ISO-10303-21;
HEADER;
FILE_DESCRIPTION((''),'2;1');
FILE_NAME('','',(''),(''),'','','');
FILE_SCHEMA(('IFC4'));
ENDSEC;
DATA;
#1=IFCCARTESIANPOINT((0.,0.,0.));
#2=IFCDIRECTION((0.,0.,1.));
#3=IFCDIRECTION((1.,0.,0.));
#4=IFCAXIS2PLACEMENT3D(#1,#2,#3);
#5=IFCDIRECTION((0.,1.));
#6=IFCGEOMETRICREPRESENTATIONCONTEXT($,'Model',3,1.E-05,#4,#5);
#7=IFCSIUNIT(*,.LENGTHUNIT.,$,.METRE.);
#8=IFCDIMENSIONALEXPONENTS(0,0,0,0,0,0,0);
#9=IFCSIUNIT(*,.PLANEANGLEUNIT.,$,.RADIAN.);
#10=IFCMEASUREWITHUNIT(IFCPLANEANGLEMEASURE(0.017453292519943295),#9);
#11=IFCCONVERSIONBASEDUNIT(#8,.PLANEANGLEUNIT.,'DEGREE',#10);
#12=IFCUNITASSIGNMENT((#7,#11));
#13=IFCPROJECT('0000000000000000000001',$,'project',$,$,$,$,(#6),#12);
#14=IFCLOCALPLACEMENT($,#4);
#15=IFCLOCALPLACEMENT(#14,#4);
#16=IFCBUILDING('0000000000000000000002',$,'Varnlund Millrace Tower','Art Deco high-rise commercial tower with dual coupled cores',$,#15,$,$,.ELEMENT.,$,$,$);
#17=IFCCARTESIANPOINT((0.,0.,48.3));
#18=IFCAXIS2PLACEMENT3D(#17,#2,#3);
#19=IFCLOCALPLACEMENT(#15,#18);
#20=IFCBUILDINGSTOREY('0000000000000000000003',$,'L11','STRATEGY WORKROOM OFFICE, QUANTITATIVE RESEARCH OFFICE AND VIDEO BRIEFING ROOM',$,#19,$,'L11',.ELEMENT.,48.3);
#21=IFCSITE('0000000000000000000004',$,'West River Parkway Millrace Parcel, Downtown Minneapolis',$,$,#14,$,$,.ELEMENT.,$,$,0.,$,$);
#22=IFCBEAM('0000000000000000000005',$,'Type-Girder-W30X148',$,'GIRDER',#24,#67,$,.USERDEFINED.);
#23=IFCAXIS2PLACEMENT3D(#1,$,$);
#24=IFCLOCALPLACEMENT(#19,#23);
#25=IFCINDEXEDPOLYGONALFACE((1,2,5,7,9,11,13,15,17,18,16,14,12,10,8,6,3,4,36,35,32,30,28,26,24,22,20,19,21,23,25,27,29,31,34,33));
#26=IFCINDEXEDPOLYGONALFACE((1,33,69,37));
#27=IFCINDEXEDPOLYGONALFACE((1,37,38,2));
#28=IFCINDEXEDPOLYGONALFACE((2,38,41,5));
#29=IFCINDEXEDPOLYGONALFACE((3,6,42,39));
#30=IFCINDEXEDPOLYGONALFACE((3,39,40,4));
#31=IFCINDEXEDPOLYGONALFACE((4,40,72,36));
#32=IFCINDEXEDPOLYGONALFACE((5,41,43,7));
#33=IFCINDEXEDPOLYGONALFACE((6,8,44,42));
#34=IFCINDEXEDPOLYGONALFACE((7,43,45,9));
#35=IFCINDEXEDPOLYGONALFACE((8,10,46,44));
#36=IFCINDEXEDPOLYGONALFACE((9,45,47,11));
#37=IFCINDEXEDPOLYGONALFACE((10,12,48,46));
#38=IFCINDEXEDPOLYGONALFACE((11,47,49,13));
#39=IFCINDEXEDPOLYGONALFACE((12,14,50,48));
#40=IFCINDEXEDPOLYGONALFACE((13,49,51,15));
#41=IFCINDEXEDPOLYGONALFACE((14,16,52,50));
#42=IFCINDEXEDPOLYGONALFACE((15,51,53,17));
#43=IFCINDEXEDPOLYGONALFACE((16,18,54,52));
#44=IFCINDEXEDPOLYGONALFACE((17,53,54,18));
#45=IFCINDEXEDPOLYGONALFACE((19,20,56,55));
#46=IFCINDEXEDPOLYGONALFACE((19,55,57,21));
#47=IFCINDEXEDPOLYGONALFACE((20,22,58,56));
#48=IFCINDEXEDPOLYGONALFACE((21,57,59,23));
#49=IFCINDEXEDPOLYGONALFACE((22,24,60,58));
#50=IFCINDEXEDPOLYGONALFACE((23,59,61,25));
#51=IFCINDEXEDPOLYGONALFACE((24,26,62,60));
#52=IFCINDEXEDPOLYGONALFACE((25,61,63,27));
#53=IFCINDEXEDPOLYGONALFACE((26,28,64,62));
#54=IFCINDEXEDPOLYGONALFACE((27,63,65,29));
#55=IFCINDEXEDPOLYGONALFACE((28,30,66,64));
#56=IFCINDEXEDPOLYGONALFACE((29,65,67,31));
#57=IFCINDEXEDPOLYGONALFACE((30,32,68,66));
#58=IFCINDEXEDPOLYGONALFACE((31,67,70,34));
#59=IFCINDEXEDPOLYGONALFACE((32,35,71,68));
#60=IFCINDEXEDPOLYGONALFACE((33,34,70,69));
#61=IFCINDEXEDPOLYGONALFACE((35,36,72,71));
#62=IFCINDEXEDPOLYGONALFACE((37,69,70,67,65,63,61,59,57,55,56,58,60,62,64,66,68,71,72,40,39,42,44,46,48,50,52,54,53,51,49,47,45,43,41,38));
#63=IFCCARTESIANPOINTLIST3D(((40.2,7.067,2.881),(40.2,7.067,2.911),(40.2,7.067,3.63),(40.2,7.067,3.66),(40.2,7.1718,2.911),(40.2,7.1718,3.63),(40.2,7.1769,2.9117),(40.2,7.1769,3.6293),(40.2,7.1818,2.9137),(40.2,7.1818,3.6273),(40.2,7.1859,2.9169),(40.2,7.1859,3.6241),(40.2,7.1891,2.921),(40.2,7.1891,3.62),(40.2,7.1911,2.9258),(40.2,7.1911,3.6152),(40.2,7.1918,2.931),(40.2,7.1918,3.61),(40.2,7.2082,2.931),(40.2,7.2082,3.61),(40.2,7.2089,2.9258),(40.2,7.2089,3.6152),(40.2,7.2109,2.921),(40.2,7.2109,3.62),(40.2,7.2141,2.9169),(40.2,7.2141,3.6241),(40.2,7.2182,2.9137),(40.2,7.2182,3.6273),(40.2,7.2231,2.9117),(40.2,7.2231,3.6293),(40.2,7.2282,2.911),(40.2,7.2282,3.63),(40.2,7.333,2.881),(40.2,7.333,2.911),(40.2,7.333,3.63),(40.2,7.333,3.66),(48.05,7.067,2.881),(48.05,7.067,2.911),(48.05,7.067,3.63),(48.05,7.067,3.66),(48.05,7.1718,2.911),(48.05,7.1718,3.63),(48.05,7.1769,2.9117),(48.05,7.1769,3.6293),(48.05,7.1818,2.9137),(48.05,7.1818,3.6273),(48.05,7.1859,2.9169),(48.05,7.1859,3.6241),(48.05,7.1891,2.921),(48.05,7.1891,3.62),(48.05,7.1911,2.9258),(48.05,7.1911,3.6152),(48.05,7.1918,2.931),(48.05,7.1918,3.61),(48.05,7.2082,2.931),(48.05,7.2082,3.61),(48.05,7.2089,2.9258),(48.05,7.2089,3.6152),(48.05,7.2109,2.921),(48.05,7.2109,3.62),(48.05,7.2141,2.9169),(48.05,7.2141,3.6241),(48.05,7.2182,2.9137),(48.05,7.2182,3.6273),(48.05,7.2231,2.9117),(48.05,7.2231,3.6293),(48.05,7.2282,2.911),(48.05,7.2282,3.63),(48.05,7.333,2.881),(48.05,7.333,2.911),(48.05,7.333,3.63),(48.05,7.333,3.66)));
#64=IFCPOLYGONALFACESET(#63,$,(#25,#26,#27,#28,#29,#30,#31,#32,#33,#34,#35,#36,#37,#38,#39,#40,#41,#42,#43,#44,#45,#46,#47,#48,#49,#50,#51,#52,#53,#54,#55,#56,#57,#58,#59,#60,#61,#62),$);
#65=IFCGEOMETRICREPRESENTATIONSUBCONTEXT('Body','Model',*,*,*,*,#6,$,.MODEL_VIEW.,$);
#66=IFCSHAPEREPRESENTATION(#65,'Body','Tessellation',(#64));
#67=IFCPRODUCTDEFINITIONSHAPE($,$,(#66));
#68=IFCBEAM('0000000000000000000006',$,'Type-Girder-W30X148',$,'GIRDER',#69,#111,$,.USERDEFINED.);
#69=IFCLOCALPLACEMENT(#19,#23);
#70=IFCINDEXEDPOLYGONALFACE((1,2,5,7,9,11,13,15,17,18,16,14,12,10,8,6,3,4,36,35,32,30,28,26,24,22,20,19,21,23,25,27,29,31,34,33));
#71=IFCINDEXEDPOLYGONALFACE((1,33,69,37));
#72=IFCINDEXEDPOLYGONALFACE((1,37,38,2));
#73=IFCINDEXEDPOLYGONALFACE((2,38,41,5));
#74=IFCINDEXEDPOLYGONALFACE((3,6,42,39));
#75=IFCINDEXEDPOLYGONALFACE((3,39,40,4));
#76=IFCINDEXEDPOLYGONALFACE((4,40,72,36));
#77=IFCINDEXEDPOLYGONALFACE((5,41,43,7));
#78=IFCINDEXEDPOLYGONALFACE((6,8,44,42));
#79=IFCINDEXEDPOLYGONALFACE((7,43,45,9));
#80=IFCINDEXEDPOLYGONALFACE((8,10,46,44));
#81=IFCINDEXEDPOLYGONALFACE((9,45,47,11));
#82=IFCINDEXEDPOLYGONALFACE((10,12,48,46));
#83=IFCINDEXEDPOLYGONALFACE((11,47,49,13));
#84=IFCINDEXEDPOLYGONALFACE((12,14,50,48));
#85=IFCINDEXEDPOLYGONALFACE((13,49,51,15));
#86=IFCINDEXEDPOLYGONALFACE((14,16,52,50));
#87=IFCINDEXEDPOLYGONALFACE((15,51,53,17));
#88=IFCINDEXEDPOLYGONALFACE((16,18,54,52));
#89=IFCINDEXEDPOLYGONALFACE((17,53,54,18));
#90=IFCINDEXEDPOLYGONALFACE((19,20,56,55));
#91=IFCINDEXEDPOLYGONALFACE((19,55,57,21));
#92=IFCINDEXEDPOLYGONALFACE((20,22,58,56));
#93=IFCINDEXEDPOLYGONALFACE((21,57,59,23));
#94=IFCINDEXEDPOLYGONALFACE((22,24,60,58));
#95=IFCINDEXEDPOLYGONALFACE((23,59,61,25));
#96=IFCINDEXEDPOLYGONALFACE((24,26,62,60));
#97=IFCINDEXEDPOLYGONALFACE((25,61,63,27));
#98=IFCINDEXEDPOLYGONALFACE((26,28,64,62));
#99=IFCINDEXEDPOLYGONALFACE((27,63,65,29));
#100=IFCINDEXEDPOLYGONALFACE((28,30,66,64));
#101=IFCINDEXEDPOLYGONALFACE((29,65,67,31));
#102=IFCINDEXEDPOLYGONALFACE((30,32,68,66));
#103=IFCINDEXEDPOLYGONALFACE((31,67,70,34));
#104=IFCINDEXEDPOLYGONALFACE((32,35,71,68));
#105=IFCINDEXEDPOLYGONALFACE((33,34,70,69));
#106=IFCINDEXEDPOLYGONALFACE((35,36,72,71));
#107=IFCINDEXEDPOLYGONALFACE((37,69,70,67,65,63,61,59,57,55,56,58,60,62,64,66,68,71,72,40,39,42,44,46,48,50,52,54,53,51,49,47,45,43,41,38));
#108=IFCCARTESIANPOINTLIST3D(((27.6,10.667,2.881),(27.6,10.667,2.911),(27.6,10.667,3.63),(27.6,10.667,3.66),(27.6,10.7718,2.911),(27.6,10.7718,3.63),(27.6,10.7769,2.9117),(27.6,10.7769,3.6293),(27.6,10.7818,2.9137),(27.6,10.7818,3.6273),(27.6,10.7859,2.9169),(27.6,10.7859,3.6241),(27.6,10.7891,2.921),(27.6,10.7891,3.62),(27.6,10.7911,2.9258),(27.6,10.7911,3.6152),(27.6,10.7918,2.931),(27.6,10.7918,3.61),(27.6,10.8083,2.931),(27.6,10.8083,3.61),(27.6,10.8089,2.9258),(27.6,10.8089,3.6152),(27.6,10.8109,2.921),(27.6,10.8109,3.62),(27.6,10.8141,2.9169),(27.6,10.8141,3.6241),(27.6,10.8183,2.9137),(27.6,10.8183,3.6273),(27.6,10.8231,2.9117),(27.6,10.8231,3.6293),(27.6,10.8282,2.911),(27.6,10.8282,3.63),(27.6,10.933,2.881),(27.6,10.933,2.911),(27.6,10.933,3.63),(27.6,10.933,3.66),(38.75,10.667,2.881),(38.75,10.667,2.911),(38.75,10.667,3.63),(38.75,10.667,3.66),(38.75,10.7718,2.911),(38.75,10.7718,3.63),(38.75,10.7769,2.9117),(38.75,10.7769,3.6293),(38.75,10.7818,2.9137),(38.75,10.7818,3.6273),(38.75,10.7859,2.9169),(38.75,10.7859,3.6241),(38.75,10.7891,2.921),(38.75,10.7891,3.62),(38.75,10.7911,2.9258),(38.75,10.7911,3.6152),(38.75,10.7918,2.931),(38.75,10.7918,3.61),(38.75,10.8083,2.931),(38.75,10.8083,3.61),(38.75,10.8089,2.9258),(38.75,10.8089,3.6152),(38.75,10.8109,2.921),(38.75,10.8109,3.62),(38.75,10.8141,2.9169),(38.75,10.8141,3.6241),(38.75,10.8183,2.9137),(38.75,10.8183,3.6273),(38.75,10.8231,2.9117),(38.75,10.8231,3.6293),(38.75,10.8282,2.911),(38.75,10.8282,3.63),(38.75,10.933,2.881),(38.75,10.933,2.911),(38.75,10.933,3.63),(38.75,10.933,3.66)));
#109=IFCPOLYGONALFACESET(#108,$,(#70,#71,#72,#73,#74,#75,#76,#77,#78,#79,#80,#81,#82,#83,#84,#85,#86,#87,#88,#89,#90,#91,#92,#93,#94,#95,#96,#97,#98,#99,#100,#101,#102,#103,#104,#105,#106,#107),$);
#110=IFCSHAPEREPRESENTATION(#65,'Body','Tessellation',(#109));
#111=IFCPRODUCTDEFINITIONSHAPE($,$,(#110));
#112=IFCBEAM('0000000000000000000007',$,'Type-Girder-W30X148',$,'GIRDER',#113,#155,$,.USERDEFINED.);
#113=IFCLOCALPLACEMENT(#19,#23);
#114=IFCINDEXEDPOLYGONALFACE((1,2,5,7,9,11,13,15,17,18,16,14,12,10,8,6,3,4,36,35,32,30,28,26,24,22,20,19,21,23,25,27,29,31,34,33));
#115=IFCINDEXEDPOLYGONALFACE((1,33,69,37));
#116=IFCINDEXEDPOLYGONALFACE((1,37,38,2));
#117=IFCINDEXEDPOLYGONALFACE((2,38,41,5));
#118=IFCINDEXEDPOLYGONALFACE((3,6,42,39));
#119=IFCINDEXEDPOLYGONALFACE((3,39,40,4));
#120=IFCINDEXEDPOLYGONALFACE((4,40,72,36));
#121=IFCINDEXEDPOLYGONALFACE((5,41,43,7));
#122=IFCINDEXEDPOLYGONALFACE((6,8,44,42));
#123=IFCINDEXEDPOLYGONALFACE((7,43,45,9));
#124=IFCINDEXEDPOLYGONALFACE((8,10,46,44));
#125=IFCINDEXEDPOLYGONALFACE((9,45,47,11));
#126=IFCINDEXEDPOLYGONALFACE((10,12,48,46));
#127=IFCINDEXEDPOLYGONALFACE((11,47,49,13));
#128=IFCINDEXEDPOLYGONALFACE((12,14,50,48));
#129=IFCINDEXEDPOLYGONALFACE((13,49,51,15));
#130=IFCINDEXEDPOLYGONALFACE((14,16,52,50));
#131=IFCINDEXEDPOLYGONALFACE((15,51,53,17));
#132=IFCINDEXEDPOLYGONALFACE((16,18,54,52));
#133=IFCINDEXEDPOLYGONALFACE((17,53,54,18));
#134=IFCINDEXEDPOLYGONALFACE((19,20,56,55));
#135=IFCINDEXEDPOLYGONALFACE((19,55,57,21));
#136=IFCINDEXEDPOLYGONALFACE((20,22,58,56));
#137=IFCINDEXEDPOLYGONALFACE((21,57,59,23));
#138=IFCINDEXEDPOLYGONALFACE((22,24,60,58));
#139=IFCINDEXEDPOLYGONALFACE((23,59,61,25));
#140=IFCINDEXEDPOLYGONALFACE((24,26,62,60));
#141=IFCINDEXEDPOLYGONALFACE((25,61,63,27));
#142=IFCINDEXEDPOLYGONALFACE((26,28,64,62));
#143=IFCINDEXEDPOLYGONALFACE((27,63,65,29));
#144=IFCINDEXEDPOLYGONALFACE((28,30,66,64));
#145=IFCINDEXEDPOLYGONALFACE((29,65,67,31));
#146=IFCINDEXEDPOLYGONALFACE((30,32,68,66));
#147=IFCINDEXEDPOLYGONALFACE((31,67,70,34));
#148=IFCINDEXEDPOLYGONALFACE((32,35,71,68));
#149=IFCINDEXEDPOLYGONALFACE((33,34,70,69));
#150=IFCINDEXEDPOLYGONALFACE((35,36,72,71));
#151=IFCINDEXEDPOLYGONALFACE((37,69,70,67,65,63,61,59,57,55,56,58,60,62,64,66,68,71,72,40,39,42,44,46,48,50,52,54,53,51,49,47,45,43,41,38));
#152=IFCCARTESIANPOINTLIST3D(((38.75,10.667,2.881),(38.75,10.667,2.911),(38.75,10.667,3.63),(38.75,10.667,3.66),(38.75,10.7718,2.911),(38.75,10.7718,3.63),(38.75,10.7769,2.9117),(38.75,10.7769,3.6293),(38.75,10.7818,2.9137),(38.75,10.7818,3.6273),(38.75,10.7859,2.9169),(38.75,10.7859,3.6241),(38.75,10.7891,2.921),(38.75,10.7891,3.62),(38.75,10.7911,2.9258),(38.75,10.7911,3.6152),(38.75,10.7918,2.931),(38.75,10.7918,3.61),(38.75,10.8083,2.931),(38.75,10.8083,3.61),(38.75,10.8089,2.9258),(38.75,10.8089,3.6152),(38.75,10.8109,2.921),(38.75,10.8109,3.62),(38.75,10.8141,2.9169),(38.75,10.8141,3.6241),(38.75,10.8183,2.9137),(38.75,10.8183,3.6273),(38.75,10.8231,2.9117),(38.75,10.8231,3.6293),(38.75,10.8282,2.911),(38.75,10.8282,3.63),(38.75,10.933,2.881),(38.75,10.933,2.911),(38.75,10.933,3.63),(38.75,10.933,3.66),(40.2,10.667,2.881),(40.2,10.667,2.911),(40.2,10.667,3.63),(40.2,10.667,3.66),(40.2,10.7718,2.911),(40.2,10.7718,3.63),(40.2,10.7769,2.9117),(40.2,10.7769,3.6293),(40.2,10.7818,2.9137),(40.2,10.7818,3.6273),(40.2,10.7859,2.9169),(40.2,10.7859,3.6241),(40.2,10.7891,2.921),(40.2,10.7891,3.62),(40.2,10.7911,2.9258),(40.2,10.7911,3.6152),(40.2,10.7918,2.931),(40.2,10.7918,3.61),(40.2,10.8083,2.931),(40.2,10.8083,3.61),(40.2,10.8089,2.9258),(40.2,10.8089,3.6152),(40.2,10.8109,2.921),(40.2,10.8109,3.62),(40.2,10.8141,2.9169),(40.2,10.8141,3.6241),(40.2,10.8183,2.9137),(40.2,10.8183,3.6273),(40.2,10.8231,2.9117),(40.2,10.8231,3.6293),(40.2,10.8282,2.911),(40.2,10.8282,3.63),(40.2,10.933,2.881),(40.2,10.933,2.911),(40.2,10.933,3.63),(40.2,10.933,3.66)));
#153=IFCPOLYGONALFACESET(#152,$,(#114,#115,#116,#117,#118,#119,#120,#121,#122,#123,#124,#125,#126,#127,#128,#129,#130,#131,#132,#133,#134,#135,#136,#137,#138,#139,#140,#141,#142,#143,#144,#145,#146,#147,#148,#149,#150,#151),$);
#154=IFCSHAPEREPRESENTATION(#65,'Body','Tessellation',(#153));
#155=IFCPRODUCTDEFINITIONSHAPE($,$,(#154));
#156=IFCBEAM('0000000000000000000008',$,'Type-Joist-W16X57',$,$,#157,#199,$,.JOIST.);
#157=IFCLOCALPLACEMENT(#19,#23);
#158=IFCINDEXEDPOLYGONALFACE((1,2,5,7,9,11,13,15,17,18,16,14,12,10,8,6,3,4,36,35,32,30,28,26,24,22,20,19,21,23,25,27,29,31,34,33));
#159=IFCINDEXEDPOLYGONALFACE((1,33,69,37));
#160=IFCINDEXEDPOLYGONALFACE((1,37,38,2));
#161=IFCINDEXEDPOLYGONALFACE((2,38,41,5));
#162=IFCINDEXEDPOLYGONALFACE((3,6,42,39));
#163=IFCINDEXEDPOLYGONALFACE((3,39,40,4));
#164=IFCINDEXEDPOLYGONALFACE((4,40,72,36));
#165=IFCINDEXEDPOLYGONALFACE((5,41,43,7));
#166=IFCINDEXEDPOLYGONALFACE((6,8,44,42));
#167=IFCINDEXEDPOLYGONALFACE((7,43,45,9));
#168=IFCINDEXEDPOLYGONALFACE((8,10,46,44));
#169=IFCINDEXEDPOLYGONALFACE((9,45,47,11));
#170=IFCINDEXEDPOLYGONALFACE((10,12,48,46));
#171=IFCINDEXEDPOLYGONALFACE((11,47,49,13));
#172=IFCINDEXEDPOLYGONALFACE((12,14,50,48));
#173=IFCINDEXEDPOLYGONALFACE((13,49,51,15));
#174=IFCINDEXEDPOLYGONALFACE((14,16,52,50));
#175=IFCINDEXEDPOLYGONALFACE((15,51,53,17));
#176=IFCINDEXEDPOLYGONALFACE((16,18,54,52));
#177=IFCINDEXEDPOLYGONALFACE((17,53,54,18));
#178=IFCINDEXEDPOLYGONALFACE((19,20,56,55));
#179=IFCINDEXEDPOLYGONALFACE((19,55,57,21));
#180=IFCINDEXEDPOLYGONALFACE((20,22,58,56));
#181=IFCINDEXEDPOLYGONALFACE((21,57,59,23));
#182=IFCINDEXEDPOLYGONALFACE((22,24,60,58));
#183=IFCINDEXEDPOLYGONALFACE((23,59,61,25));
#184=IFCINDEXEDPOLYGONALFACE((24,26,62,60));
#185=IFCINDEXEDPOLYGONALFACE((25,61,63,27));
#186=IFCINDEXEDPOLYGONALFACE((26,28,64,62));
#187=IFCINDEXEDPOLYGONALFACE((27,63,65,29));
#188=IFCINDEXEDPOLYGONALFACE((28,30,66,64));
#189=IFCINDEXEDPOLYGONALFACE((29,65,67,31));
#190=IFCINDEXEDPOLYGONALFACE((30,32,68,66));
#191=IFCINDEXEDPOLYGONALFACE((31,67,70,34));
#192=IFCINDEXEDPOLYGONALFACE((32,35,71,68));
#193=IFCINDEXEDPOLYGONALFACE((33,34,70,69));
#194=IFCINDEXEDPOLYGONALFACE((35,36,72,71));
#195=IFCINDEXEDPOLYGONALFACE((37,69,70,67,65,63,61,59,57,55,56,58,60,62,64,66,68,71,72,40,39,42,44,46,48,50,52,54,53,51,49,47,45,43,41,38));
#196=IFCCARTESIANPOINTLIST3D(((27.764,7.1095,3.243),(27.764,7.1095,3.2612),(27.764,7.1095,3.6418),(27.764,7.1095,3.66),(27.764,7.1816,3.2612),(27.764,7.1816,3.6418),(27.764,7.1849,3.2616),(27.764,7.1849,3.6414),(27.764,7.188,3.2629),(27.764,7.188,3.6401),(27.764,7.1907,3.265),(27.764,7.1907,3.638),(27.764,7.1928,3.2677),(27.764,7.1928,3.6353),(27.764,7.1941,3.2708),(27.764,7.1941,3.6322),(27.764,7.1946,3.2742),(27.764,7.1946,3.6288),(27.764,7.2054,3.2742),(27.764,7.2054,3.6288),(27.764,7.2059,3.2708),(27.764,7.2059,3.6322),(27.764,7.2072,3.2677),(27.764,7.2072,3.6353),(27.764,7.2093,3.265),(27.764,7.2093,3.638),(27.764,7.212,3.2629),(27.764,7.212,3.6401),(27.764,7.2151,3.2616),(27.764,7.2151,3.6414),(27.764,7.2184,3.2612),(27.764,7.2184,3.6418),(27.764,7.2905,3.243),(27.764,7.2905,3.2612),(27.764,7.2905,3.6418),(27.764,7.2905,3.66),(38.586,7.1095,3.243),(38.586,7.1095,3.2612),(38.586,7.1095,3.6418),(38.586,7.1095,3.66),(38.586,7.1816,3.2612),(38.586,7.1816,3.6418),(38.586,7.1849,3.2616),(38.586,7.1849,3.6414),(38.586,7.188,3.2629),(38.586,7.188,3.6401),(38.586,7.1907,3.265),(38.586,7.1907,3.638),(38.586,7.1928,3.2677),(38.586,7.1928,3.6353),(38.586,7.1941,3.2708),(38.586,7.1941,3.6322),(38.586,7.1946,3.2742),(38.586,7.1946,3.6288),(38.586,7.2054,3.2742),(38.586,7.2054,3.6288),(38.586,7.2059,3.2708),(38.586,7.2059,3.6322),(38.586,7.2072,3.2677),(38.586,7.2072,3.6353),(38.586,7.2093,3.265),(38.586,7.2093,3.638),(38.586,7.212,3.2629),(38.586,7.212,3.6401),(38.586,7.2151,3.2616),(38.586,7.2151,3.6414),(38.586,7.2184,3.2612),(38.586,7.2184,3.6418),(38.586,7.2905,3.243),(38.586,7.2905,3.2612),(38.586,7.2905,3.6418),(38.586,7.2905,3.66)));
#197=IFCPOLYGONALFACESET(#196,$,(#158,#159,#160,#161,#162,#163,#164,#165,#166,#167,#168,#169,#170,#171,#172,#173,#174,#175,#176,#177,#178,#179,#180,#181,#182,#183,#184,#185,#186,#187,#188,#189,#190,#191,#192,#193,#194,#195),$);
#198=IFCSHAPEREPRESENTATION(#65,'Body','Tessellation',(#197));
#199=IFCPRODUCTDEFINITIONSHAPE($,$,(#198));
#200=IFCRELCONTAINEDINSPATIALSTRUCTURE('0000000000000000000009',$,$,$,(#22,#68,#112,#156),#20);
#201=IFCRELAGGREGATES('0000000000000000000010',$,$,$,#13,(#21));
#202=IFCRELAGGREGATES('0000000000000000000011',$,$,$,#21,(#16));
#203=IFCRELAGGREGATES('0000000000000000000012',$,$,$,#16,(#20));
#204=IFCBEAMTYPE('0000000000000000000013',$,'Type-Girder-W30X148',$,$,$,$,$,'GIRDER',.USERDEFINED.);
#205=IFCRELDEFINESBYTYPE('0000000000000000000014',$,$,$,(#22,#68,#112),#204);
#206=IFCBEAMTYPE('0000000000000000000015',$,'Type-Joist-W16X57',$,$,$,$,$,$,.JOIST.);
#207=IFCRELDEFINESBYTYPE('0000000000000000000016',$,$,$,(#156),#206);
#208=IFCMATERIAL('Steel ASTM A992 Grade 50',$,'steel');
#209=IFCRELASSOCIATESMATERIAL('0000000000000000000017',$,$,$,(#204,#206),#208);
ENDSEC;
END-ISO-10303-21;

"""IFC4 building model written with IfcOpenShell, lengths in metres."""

from ifc_helpers import new_model, entity, si_unit, converted_unit, direction, frame, origin_with_axes, origin_2d_with_axis, place, context, subcontext, project, spatial, i_section, extrude, material, material_profile, profile_set, type_object, element, save


model = new_model("IFC4")

# Units and contexts
model_context = context("Model", 3, precision=1e-05, world=origin_with_axes(), true_north=direction((0.0, 1.0)))
body_context = subcontext(model_context, "Body", "Model", "MODEL_VIEW")
ifc_project = project(units=[si_unit("LENGTHUNIT", "METRE"), converted_unit("PLANEANGLEUNIT", "DEGREE", entity("IfcPlaneAngleMeasure", 0.017453292519943295), si_unit("PLANEANGLEUNIT", "RADIAN"), dimensions=[0, 0, 0, 0, 0, 0, 0])], contexts=[model_context])

# Site, building, storey
site_placement = place(None, origin_with_axes())
site = spatial("IfcSite", under=ifc_project, at=site_placement, Name="West River Parkway Millrace Parcel, Downtown Minneapolis", CompositionType="ELEMENT", RefElevation=0.0)
building_placement = place(site_placement, origin_with_axes())
building = spatial("IfcBuilding", under=site, at=building_placement, Name="Varnlund Millrace Tower", Description="Art Deco high-rise commercial tower with dual coupled cores", CompositionType="ELEMENT")
storey_placement = place(building_placement, frame((0.0, 0.0, 48.3), z_axis=(0.0, 0.0, 1.0), x_axis=(1.0, 0.0, 0.0)))
storey = spatial("IfcBuildingStorey", under=building, at=storey_placement, Name="L11", Description="STRATEGY WORKROOM OFFICE, QUANTITATIVE RESEARCH OFFICE AND VIDEO BRIEFING ROOM", LongName="L11", CompositionType="ELEMENT", Elevation=48.3)

# Beams
ifc_material_1 = material(Name="Steel ASTM A992 Grade 50", Category="steel")
ifc_material_profile_1 = material_profile(ifc_material_1, i_section(OverallWidth=0.266, OverallDepth=0.779, WebThickness=0.0165, FlangeThickness=0.03, FilletRadius=0.02, at=origin_2d_with_axis()), Name="Steel ASTM A992 Grade 50")
ifc_profile_set_1 = profile_set([ifc_material_profile_1], Name="Steel ASTM A992 Grade 50")
beam_type_1 = type_object("IfcBeamType", Name="Type-Girder-W30X148", ElementType="GIRDER", PredefinedType="USERDEFINED", material=ifc_profile_set_1)
beam_1_placement = place(storey_placement, frame((40.2, 7.2, 3.2705), z_axis=(1.0, 0.0, 0.0), x_axis=(0.0, 1.0, 0.0)))
element("IfcBeam", 1, at=beam_1_placement, inside=storey, type_object=beam_type_1, Name="Type-Girder-W30X148", ObjectType="GIRDER", PredefinedType="USERDEFINED", context=body_context, shape_type="SweptSolid", body=[
    extrude(i_section(OverallWidth=0.266, OverallDepth=0.779, WebThickness=0.0165, FlangeThickness=0.03, FilletRadius=0.02, at=origin_2d_with_axis()), origin_with_axes(), (0.0, 0.0, 1.0), 7.85),
])
beam_2_placement = place(storey_placement, frame((27.6, 10.8, 3.2705), z_axis=(1.0, 0.0, 0.0), x_axis=(0.0, 1.0, 0.0)))
element("IfcBeam", 2, at=beam_2_placement, inside=storey, type_object=beam_type_1, Name="Type-Girder-W30X148", ObjectType="GIRDER", PredefinedType="USERDEFINED", context=body_context, shape_type="SweptSolid", body=[
    extrude(i_section(OverallWidth=0.266, OverallDepth=0.779, WebThickness=0.0165, FlangeThickness=0.03, FilletRadius=0.02, at=origin_2d_with_axis()), origin_with_axes(), (0.0, 0.0, 1.0), 11.15),
])
beam_3_placement = place(storey_placement, frame((38.75, 10.8, 3.2705), z_axis=(1.0, 0.0, 0.0), x_axis=(0.0, 1.0, 0.0)))
element("IfcBeam", 3, at=beam_3_placement, inside=storey, type_object=beam_type_1, Name="Type-Girder-W30X148", ObjectType="GIRDER", PredefinedType="USERDEFINED", context=body_context, shape_type="SweptSolid", body=[
    extrude(i_section(OverallWidth=0.266, OverallDepth=0.779, WebThickness=0.0165, FlangeThickness=0.03, FilletRadius=0.02, at=origin_2d_with_axis()), origin_with_axes(), (0.0, 0.0, 1.0), 1.45),
])
ifc_material_profile_2 = material_profile(ifc_material_1, i_section(OverallWidth=0.181, OverallDepth=0.417, WebThickness=0.0109, FlangeThickness=0.0182, FilletRadius=0.013, at=origin_2d_with_axis()), Name="Steel ASTM A992 Grade 50")
ifc_profile_set_2 = profile_set([ifc_material_profile_2], Name="Steel ASTM A992 Grade 50")
beam_type_2 = type_object("IfcBeamType", Name="Type-Joist-W16X57", PredefinedType="JOIST", material=ifc_profile_set_2)
beam_4_placement = place(storey_placement, frame((27.764, 7.2, 3.4515), z_axis=(1.0, 0.0, 0.0), x_axis=(0.0, 1.0, 0.0)))
element("IfcBeam", 4, at=beam_4_placement, inside=storey, type_object=beam_type_2, Name="Type-Joist-W16X57", PredefinedType="JOIST", context=body_context, shape_type="SweptSolid", body=[
    extrude(i_section(OverallWidth=0.181, OverallDepth=0.417, WebThickness=0.0109, FlangeThickness=0.0182, FilletRadius=0.013, at=origin_2d_with_axis()), origin_with_axes(), (0.0, 0.0, 1.0), 10.822),
])

save(model, "model.ifc")
